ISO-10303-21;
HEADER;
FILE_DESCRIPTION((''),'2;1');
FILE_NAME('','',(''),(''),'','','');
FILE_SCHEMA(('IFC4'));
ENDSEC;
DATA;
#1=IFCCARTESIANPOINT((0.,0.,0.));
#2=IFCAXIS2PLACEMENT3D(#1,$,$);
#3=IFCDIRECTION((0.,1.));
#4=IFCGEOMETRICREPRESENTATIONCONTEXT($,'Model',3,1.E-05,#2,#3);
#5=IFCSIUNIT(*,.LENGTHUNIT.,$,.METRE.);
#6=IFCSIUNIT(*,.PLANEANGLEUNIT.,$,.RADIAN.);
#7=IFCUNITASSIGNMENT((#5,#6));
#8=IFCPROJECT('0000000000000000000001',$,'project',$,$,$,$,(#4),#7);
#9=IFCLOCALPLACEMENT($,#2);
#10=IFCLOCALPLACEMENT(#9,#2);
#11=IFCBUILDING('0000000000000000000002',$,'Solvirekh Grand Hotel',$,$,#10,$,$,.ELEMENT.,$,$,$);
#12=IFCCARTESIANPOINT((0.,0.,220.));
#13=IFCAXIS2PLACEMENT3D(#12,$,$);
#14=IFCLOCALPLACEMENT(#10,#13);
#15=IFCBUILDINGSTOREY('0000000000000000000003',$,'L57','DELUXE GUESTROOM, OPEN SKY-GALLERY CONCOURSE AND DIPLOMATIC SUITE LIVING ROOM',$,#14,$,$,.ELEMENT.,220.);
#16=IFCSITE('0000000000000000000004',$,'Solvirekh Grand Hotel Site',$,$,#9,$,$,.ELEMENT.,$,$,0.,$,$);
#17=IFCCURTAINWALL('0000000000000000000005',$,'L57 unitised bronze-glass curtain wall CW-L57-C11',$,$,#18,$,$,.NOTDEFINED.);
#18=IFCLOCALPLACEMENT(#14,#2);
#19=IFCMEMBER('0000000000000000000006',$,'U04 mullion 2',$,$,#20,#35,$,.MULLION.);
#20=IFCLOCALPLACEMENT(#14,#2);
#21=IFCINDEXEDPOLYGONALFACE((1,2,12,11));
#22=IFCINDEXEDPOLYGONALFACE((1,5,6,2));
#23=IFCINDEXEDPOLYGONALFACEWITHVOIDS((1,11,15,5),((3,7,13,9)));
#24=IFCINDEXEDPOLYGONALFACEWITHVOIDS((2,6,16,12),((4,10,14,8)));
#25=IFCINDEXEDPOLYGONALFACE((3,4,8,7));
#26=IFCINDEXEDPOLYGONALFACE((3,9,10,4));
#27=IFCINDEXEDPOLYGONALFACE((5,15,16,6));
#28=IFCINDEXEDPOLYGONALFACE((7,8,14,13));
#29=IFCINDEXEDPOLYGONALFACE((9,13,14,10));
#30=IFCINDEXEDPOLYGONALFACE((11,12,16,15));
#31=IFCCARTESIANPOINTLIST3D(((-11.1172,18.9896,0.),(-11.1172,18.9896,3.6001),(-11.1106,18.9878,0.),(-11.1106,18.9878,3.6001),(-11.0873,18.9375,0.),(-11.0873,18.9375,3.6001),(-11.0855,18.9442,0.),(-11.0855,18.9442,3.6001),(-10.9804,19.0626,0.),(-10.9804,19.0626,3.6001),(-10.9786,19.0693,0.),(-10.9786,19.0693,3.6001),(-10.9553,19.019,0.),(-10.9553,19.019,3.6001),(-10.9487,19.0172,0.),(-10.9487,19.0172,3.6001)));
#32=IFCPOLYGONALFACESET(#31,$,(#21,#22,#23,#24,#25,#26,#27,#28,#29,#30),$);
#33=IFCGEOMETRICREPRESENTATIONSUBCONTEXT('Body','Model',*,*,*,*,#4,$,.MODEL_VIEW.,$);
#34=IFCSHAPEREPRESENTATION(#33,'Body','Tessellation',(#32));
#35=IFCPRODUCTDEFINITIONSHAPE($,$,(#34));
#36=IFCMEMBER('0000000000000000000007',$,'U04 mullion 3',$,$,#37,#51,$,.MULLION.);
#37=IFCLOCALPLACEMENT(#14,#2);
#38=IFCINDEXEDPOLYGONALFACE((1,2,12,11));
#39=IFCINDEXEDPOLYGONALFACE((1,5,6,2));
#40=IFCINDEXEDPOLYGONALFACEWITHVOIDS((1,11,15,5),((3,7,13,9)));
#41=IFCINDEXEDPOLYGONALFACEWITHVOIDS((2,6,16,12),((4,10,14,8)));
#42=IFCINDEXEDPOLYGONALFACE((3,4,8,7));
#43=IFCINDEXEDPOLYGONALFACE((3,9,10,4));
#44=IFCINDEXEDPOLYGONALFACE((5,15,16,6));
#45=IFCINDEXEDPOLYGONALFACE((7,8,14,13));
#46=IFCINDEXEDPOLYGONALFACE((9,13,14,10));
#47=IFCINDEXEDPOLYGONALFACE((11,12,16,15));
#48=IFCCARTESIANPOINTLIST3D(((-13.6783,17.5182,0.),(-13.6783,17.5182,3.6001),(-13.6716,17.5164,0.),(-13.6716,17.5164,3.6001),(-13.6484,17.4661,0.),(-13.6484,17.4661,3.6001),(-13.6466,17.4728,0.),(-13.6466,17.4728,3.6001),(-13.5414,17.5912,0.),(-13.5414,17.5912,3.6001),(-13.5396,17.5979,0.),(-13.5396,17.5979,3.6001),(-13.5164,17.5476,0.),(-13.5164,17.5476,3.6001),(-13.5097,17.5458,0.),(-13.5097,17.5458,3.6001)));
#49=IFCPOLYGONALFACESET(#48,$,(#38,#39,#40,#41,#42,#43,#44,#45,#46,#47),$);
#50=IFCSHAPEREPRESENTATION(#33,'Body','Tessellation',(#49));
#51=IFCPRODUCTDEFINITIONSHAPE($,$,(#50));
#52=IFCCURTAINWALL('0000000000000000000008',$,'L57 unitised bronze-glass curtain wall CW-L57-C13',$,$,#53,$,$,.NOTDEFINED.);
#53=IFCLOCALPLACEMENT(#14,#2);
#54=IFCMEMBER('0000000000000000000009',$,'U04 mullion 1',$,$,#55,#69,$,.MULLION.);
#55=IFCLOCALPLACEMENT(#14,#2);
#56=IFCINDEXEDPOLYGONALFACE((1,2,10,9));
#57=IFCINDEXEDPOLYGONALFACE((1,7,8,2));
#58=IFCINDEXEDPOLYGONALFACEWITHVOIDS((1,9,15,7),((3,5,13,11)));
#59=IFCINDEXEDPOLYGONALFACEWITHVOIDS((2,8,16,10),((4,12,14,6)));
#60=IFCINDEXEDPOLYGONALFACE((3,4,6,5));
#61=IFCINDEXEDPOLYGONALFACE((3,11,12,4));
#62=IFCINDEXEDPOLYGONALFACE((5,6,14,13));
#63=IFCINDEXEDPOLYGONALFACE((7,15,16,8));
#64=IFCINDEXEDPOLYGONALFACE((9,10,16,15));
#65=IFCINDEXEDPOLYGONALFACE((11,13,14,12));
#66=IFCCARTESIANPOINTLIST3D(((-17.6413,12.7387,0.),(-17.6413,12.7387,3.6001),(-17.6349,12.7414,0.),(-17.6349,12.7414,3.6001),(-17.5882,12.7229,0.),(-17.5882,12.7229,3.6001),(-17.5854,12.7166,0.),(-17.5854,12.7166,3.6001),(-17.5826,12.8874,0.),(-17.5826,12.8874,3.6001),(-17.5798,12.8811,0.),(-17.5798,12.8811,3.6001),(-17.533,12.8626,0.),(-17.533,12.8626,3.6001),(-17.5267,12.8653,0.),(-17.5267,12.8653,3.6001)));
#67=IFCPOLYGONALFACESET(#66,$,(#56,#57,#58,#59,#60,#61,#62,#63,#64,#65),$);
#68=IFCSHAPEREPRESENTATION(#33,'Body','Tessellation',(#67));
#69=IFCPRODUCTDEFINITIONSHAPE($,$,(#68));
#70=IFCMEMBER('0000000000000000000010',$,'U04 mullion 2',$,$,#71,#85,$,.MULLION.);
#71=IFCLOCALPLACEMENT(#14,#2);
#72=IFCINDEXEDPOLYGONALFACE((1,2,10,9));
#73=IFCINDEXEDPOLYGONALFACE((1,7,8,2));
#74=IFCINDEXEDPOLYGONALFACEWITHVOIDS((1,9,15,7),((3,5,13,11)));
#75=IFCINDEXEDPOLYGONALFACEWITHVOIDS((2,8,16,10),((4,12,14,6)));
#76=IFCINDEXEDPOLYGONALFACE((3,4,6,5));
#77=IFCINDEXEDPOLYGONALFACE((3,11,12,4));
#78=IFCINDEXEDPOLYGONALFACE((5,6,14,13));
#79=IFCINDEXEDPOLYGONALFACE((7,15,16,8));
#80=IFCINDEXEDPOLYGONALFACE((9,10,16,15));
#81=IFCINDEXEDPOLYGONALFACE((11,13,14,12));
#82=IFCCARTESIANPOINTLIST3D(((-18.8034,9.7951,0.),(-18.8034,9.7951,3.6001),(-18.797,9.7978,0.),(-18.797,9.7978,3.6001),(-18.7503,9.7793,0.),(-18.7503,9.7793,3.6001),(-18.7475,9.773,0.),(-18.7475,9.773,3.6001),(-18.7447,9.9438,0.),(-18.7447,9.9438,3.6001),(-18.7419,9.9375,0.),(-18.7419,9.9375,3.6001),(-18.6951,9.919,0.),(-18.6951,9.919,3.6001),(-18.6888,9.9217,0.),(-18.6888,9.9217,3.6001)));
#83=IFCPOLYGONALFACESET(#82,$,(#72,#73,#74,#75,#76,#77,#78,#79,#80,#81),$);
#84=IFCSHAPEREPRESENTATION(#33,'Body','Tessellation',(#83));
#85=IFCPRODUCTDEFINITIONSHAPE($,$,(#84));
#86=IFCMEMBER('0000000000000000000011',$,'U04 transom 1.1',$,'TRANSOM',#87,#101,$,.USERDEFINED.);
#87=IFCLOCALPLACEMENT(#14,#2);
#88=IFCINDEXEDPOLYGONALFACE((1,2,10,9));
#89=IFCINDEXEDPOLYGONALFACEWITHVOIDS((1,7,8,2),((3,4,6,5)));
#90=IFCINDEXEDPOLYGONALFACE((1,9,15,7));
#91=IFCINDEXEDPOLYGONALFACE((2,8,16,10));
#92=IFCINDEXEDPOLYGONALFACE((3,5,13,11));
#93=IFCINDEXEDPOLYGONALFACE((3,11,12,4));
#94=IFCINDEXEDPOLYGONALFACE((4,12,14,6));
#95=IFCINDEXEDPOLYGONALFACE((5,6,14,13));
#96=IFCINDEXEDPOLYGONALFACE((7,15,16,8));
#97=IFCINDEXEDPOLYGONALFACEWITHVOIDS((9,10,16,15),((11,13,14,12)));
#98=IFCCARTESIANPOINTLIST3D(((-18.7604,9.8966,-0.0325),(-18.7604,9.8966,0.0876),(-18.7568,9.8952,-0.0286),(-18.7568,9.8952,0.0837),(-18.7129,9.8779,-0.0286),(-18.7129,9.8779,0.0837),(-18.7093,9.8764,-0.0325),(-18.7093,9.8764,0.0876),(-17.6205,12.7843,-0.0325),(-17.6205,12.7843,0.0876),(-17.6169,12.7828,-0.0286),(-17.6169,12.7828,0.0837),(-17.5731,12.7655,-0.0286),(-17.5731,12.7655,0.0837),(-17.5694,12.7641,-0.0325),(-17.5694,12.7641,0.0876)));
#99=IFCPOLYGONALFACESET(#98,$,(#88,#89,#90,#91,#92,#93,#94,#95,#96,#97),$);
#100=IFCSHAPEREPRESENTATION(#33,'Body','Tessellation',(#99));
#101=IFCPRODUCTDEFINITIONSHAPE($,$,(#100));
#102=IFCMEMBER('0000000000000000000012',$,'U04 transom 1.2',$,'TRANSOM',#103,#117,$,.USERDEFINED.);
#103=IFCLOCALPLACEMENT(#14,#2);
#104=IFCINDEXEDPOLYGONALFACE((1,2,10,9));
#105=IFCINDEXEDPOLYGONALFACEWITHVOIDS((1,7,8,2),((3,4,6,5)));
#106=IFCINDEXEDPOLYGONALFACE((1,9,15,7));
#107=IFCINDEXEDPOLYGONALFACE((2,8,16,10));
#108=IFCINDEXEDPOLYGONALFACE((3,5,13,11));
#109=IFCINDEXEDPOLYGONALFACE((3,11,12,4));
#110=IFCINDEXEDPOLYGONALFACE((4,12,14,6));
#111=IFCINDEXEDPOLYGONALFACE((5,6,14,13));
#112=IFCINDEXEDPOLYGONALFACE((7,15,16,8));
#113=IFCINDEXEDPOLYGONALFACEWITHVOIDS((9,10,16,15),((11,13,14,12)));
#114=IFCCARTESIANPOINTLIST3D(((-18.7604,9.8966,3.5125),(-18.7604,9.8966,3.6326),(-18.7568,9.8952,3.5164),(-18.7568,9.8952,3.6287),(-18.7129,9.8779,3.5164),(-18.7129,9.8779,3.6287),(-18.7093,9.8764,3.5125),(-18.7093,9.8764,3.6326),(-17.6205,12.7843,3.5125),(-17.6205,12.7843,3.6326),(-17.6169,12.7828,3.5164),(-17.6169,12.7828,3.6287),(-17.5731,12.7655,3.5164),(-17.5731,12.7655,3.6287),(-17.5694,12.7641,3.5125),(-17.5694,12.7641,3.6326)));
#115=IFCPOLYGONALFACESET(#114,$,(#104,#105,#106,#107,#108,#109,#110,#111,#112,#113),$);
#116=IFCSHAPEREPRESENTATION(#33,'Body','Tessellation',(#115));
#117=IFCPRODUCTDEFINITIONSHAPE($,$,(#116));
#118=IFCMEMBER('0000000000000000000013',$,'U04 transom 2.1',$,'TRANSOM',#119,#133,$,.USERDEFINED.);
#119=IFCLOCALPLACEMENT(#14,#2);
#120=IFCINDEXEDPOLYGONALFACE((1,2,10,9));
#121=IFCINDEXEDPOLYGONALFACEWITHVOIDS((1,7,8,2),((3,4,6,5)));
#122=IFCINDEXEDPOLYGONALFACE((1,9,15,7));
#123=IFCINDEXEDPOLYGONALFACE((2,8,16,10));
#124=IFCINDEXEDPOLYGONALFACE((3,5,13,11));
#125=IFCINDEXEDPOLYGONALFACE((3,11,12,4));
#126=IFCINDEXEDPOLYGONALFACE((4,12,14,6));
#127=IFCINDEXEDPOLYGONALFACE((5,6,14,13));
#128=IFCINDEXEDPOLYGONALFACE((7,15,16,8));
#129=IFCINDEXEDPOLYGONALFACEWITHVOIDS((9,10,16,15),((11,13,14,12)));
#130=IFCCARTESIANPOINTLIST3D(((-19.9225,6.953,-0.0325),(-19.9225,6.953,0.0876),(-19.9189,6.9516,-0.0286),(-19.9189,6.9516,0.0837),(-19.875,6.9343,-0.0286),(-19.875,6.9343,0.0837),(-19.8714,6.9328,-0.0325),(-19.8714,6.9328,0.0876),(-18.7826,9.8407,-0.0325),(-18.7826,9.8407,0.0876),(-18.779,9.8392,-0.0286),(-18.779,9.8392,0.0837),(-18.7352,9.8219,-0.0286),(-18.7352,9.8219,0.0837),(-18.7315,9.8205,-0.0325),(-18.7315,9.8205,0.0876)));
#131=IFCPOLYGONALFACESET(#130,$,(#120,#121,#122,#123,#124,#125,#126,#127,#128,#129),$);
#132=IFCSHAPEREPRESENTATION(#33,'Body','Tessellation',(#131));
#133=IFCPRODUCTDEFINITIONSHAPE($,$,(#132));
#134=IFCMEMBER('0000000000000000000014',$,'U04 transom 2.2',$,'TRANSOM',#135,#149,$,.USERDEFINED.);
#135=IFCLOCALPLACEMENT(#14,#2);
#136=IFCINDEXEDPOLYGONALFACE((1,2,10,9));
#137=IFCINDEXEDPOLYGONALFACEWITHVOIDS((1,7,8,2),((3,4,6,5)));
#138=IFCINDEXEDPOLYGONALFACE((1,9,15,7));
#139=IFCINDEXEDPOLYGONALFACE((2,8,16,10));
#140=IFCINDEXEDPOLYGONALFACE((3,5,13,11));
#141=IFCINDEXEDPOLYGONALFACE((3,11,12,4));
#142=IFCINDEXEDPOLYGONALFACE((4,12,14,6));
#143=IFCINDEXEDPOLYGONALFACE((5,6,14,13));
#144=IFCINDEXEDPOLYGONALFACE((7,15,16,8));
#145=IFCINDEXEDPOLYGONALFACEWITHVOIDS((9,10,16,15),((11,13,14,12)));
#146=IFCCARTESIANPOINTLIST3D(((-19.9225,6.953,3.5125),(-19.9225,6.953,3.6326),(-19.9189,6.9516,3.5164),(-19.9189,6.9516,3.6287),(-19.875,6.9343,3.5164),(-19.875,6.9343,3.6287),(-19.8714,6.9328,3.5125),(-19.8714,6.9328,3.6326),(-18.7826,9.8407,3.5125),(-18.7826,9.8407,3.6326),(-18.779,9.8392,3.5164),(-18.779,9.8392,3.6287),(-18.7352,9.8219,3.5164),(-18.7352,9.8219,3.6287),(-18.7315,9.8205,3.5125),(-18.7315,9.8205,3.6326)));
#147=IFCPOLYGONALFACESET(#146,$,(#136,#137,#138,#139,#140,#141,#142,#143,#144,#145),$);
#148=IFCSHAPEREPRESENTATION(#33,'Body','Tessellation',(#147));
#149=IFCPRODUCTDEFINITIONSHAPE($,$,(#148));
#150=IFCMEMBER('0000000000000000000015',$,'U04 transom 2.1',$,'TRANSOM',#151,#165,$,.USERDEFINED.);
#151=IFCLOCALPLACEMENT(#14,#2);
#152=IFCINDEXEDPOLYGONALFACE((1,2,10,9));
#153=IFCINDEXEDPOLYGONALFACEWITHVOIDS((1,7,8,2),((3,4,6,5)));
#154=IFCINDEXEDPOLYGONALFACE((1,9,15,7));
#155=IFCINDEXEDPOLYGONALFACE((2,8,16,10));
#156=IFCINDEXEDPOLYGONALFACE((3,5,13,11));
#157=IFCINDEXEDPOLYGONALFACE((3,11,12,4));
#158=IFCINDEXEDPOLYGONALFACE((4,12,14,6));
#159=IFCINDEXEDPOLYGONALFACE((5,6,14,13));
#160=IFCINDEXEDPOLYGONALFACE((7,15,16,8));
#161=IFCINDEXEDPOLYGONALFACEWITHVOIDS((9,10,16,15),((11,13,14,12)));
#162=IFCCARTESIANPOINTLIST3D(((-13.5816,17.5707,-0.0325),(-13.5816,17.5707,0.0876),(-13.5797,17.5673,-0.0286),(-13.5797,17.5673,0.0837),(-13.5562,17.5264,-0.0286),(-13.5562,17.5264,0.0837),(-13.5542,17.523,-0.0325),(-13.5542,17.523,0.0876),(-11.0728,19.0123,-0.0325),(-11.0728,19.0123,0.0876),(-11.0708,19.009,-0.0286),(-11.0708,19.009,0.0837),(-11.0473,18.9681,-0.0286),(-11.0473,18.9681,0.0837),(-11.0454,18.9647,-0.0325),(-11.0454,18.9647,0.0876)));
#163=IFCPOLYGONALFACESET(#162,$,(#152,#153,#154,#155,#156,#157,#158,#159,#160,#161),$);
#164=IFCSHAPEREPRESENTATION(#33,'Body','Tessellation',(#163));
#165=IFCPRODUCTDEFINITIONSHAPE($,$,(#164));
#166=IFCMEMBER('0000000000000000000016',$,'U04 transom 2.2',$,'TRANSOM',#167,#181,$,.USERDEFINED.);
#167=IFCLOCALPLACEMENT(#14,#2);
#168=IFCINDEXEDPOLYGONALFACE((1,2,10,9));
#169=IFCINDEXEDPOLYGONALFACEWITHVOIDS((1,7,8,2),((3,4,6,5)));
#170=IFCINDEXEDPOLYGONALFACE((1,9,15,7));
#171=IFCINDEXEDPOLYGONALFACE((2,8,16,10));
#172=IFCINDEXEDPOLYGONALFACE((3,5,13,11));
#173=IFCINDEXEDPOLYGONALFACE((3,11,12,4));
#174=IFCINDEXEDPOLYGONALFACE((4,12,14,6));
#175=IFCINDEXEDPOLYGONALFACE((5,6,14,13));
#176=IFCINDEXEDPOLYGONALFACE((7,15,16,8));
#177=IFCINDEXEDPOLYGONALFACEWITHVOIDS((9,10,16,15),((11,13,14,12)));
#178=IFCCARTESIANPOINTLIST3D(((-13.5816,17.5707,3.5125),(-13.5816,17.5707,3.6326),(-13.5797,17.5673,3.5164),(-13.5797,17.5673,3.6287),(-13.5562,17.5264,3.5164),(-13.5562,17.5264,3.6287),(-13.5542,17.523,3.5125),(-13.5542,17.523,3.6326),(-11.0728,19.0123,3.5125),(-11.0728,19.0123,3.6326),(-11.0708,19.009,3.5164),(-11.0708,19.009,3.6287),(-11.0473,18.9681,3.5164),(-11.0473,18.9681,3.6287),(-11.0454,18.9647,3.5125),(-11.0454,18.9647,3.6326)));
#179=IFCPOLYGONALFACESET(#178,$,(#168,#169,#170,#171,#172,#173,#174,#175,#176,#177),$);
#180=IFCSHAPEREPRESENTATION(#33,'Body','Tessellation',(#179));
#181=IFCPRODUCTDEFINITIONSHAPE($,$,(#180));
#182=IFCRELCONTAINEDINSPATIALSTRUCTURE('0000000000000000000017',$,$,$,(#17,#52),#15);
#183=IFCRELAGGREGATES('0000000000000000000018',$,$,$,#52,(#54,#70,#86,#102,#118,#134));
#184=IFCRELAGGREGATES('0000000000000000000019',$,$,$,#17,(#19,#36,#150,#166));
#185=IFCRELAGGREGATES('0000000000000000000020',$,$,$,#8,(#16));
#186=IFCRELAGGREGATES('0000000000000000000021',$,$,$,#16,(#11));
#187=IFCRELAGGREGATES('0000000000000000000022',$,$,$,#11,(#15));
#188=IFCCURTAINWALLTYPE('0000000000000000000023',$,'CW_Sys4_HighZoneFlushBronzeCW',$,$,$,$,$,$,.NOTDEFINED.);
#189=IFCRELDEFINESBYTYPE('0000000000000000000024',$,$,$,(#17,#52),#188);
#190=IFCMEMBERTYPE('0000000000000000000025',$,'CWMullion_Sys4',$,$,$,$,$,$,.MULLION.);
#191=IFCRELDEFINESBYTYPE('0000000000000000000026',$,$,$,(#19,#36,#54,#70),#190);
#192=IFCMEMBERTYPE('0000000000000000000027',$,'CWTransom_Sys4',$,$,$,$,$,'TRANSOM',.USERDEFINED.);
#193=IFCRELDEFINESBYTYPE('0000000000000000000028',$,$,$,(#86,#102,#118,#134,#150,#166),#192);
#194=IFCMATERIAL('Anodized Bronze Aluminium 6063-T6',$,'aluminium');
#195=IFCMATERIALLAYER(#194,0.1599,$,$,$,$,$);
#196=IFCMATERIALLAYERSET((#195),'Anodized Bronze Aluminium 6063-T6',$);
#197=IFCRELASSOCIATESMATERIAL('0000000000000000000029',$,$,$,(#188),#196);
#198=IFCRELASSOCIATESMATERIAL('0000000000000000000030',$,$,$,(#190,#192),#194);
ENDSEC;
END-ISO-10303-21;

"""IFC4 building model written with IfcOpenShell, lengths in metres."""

from ifc_helpers import new_model, si_unit, direction, frame, origin, origin_2d, place, context, subcontext, project, spatial, hollow_rectangle, extrude, source, transform, mapped, material, layer, layer_set, material_profile, profile_set, type_object, element, aggregate, save


model = new_model("IFC4")

# Units and contexts
model_context = context("Model", 3, precision=1e-05, world=origin(), true_north=direction((0.0, 1.0)))
body_context = subcontext(model_context, "Body", "Model", "MODEL_VIEW")
ifc_project = project(units=[si_unit("LENGTHUNIT", "METRE"), si_unit("PLANEANGLEUNIT", "RADIAN")], contexts=[model_context])

# Site, building, storey
site_placement = place(None, origin())
site = spatial("IfcSite", under=ifc_project, at=site_placement, Name="Solvirekh Grand Hotel Site", CompositionType="ELEMENT", RefElevation=0.0)
building_placement = place(site_placement, origin())
building = spatial("IfcBuilding", under=site, at=building_placement, Name="Solvirekh Grand Hotel", CompositionType="ELEMENT")
storey_placement = place(building_placement, frame((0.0, 0.0, 220.0)))
storey = spatial("IfcBuildingStorey", under=building, at=storey_placement, Name="L57", Description="DELUXE GUESTROOM, OPEN SKY-GALLERY CONCOURSE AND DIPLOMATIC SUITE LIVING ROOM", CompositionType="ELEMENT", Elevation=220.0)

# Curtain walls, members
ifc_material_1 = material(Name="Anodized Bronze Aluminium 6063-T6", Category="aluminium")
ifc_layer_1 = layer(ifc_material_1, 0.1599)
ifc_layer_set_1 = layer_set([ifc_layer_1], Name="Anodized Bronze Aluminium 6063-T6")
curtain_wall_type = type_object("IfcCurtainWallType", Name="CW_Sys4_HighZoneFlushBronzeCW", PredefinedType="NOTDEFINED", material=ifc_layer_set_1)
curtain_wall_1_placement = place(storey_placement, origin())
curtain_wall_1 = element("IfcCurtainWall", 1, at=curtain_wall_1_placement, inside=storey, type_object=curtain_wall_type, Name="L57 unitised bronze-glass curtain wall CW-L57-C11", PredefinedType="NOTDEFINED")
ifc_material_profile_1 = material_profile(ifc_material_1, hollow_rectangle(XDim=0.0601, YDim=0.1599, WallThickness=0.0049, at=origin_2d()), Name="ALU RHS 160X60X5")
ifc_profile_set_1 = profile_set([ifc_material_profile_1], Name="Anodized Bronze Aluminium 6063-T6")
member_type_1 = type_object("IfcMemberType", Name="CWMullion_Sys4", PredefinedType="MULLION", material=ifc_profile_set_1)
shared_shape_1 = source(origin(), body_context, "Body", "SweptSolid", [
    extrude(hollow_rectangle(XDim=0.0601, YDim=0.1599, WallThickness=0.0049, at=origin_2d()), origin(), (0.0, 0.0, 1.0), 3.6001),
])
member_1_placement = place(storey_placement, frame((-11.033, 19.0034, 0.0), z_axis=(0.0, 0.0, 1.0), x_axis=(0.498213, -0.867055, 0.0)))
member_1 = element("IfcMember", 2, at=member_1_placement, type_object=member_type_1, Name="U04 mullion 2", PredefinedType="MULLION", context=body_context, shape_type="MappedRepresentation", body=[
    mapped(shared_shape_1, transform((0.0, 0.0, 0.0), x_axis=(1.0, 0.0, 0.0), y_axis=(0.0, 1.0, 0.0), z_axis=(0.0, 0.0, 1.0), scale=1.0)),
])
member_2_placement = place(storey_placement, frame((-13.594, 17.532, 0.0), z_axis=(0.0, 0.0, 1.0), x_axis=(0.498213, -0.867055, 0.0)))
member_2 = element("IfcMember", 3, at=member_2_placement, type_object=member_type_1, Name="U04 mullion 3", PredefinedType="MULLION", context=body_context, shape_type="MappedRepresentation", body=[
    mapped(shared_shape_1, transform((0.0, 0.0, 0.0), x_axis=(1.0, 0.0, 0.0), y_axis=(0.0, 1.0, 0.0), z_axis=(0.0, 0.0, 1.0), scale=1.0)),
])
curtain_wall_2_placement = place(storey_placement, origin())
curtain_wall_2 = element("IfcCurtainWall", 4, at=curtain_wall_2_placement, inside=storey, type_object=curtain_wall_type, Name="L57 unitised bronze-glass curtain wall CW-L57-C13", PredefinedType="NOTDEFINED")
member_3_placement = place(storey_placement, frame((-17.584, 12.802, 0.0), z_axis=(0.0, 0.0, 1.0), x_axis=(0.930151, -0.367177, 0.0)))
member_3 = element("IfcMember", 5, at=member_3_placement, type_object=member_type_1, Name="U04 mullion 1", PredefinedType="MULLION", context=body_context, shape_type="MappedRepresentation", body=[
    mapped(shared_shape_1, transform((0.0, 0.0, 0.0), x_axis=(1.0, 0.0, 0.0), y_axis=(0.0, 1.0, 0.0), z_axis=(0.0, 0.0, 1.0), scale=1.0)),
])
member_4_placement = place(storey_placement, frame((-18.7461, 9.8584, 0.0), z_axis=(0.0, 0.0, 1.0), x_axis=(0.930151, -0.367177, 0.0)))
member_4 = element("IfcMember", 6, at=member_4_placement, type_object=member_type_1, Name="U04 mullion 2", PredefinedType="MULLION", context=body_context, shape_type="MappedRepresentation", body=[
    mapped(shared_shape_1, transform((0.0, 0.0, 0.0), x_axis=(1.0, 0.0, 0.0), y_axis=(0.0, 1.0, 0.0), z_axis=(0.0, 0.0, 1.0), scale=1.0)),
])
ifc_material_profile_2 = material_profile(ifc_material_1, hollow_rectangle(XDim=0.0549, YDim=0.1201, WallThickness=0.0039, at=origin_2d()), Name="ALU RHS 120X55X4")
ifc_profile_set_2 = profile_set([ifc_material_profile_2], Name="Anodized Bronze Aluminium 6063-T6")
member_type_2 = type_object("IfcMemberType", Name="CWTransom_Sys4", ElementType="TRANSOM", PredefinedType="USERDEFINED", material=ifc_profile_set_2)
shared_shape_2 = source(origin(), body_context, "Body", "SweptSolid", [
    extrude(hollow_rectangle(XDim=0.0549, YDim=0.1201, WallThickness=0.0039, at=origin_2d()), origin(), (0.0, 0.0, 1.0), 3.1045),
])
member_5_placement = place(storey_placement, frame((-17.595, 12.7742, 0.0276), z_axis=(-0.36717, -0.930154, 0.0), x_axis=(0.930154, -0.36717, 0.0)))
member_5 = element("IfcMember", 7, at=member_5_placement, type_object=member_type_2, Name="U04 transom 1.1", ObjectType="TRANSOM", PredefinedType="USERDEFINED", context=body_context, shape_type="MappedRepresentation", body=[
    mapped(shared_shape_2, transform((0.0, 0.0, 0.0), x_axis=(1.0, 0.0, 0.0), y_axis=(0.0, 1.0, 0.0), z_axis=(0.0, 0.0, 1.0), scale=1.0)),
])
member_6_placement = place(storey_placement, frame((-17.595, 12.7742, 3.5725), z_axis=(-0.36717, -0.930154, 0.0), x_axis=(0.930154, -0.36717, 0.0)))
member_6 = element("IfcMember", 8, at=member_6_placement, type_object=member_type_2, Name="U04 transom 1.2", ObjectType="TRANSOM", PredefinedType="USERDEFINED", context=body_context, shape_type="MappedRepresentation", body=[
    mapped(shared_shape_2, transform((0.0, 0.0, 0.0), x_axis=(1.0, 0.0, 0.0), y_axis=(0.0, 1.0, 0.0), z_axis=(0.0, 0.0, 1.0), scale=1.0)),
])
member_7_placement = place(storey_placement, frame((-18.7571, 9.8306, 0.0276), z_axis=(-0.36717, -0.930154, 0.0), x_axis=(0.930154, -0.36717, 0.0)))
member_7 = element("IfcMember", 9, at=member_7_placement, type_object=member_type_2, Name="U04 transom 2.1", ObjectType="TRANSOM", PredefinedType="USERDEFINED", context=body_context, shape_type="MappedRepresentation", body=[
    mapped(shared_shape_2, transform((0.0, 0.0, 0.0), x_axis=(1.0, 0.0, 0.0), y_axis=(0.0, 1.0, 0.0), z_axis=(0.0, 0.0, 1.0), scale=1.0)),
])
member_8_placement = place(storey_placement, frame((-18.7571, 9.8306, 3.5725), z_axis=(-0.36717, -0.930154, 0.0), x_axis=(0.930154, -0.36717, 0.0)))
member_8 = element("IfcMember", 10, at=member_8_placement, type_object=member_type_2, Name="U04 transom 2.2", ObjectType="TRANSOM", PredefinedType="USERDEFINED", context=body_context, shape_type="MappedRepresentation", body=[
    mapped(shared_shape_2, transform((0.0, 0.0, 0.0), x_axis=(1.0, 0.0, 0.0), y_axis=(0.0, 1.0, 0.0), z_axis=(0.0, 0.0, 1.0), scale=1.0)),
])

# Members
shared_shape_3 = source(origin(), body_context, "Body", "SweptSolid", [
    extrude(hollow_rectangle(XDim=0.0549, YDim=0.1201, WallThickness=0.0039, at=origin_2d()), origin(), (0.0, 0.0, 1.0), 2.8936),
])
member_9_placement = place(storey_placement, frame((-11.0591, 18.9885, 0.0276), z_axis=(-0.867041, -0.498236, 0.0), x_axis=(0.498236, -0.867041, 0.0)))
member_9 = element("IfcMember", 11, at=member_9_placement, type_object=member_type_2, Name="U04 transom 2.1", ObjectType="TRANSOM", PredefinedType="USERDEFINED", context=body_context, shape_type="MappedRepresentation", body=[
    mapped(shared_shape_3, transform((0.0, 0.0, 0.0), x_axis=(1.0, 0.0, 0.0), y_axis=(0.0, 1.0, 0.0), z_axis=(0.0, 0.0, 1.0), scale=1.0)),
])
member_10_placement = place(storey_placement, frame((-11.0591, 18.9885, 3.5725), z_axis=(-0.867041, -0.498236, 0.0), x_axis=(0.498236, -0.867041, 0.0)))
member_10 = element("IfcMember", 12, at=member_10_placement, type_object=member_type_2, Name="U04 transom 2.2", ObjectType="TRANSOM", PredefinedType="USERDEFINED", context=body_context, shape_type="MappedRepresentation", body=[
    mapped(shared_shape_3, transform((0.0, 0.0, 0.0), x_axis=(1.0, 0.0, 0.0), y_axis=(0.0, 1.0, 0.0), z_axis=(0.0, 0.0, 1.0), scale=1.0)),
])

aggregate(curtain_wall_2, [member_3, member_4, member_5, member_6, member_7, member_8])
aggregate(curtain_wall_1, [member_1, member_2, member_9, member_10])

save(model, "model.ifc")
